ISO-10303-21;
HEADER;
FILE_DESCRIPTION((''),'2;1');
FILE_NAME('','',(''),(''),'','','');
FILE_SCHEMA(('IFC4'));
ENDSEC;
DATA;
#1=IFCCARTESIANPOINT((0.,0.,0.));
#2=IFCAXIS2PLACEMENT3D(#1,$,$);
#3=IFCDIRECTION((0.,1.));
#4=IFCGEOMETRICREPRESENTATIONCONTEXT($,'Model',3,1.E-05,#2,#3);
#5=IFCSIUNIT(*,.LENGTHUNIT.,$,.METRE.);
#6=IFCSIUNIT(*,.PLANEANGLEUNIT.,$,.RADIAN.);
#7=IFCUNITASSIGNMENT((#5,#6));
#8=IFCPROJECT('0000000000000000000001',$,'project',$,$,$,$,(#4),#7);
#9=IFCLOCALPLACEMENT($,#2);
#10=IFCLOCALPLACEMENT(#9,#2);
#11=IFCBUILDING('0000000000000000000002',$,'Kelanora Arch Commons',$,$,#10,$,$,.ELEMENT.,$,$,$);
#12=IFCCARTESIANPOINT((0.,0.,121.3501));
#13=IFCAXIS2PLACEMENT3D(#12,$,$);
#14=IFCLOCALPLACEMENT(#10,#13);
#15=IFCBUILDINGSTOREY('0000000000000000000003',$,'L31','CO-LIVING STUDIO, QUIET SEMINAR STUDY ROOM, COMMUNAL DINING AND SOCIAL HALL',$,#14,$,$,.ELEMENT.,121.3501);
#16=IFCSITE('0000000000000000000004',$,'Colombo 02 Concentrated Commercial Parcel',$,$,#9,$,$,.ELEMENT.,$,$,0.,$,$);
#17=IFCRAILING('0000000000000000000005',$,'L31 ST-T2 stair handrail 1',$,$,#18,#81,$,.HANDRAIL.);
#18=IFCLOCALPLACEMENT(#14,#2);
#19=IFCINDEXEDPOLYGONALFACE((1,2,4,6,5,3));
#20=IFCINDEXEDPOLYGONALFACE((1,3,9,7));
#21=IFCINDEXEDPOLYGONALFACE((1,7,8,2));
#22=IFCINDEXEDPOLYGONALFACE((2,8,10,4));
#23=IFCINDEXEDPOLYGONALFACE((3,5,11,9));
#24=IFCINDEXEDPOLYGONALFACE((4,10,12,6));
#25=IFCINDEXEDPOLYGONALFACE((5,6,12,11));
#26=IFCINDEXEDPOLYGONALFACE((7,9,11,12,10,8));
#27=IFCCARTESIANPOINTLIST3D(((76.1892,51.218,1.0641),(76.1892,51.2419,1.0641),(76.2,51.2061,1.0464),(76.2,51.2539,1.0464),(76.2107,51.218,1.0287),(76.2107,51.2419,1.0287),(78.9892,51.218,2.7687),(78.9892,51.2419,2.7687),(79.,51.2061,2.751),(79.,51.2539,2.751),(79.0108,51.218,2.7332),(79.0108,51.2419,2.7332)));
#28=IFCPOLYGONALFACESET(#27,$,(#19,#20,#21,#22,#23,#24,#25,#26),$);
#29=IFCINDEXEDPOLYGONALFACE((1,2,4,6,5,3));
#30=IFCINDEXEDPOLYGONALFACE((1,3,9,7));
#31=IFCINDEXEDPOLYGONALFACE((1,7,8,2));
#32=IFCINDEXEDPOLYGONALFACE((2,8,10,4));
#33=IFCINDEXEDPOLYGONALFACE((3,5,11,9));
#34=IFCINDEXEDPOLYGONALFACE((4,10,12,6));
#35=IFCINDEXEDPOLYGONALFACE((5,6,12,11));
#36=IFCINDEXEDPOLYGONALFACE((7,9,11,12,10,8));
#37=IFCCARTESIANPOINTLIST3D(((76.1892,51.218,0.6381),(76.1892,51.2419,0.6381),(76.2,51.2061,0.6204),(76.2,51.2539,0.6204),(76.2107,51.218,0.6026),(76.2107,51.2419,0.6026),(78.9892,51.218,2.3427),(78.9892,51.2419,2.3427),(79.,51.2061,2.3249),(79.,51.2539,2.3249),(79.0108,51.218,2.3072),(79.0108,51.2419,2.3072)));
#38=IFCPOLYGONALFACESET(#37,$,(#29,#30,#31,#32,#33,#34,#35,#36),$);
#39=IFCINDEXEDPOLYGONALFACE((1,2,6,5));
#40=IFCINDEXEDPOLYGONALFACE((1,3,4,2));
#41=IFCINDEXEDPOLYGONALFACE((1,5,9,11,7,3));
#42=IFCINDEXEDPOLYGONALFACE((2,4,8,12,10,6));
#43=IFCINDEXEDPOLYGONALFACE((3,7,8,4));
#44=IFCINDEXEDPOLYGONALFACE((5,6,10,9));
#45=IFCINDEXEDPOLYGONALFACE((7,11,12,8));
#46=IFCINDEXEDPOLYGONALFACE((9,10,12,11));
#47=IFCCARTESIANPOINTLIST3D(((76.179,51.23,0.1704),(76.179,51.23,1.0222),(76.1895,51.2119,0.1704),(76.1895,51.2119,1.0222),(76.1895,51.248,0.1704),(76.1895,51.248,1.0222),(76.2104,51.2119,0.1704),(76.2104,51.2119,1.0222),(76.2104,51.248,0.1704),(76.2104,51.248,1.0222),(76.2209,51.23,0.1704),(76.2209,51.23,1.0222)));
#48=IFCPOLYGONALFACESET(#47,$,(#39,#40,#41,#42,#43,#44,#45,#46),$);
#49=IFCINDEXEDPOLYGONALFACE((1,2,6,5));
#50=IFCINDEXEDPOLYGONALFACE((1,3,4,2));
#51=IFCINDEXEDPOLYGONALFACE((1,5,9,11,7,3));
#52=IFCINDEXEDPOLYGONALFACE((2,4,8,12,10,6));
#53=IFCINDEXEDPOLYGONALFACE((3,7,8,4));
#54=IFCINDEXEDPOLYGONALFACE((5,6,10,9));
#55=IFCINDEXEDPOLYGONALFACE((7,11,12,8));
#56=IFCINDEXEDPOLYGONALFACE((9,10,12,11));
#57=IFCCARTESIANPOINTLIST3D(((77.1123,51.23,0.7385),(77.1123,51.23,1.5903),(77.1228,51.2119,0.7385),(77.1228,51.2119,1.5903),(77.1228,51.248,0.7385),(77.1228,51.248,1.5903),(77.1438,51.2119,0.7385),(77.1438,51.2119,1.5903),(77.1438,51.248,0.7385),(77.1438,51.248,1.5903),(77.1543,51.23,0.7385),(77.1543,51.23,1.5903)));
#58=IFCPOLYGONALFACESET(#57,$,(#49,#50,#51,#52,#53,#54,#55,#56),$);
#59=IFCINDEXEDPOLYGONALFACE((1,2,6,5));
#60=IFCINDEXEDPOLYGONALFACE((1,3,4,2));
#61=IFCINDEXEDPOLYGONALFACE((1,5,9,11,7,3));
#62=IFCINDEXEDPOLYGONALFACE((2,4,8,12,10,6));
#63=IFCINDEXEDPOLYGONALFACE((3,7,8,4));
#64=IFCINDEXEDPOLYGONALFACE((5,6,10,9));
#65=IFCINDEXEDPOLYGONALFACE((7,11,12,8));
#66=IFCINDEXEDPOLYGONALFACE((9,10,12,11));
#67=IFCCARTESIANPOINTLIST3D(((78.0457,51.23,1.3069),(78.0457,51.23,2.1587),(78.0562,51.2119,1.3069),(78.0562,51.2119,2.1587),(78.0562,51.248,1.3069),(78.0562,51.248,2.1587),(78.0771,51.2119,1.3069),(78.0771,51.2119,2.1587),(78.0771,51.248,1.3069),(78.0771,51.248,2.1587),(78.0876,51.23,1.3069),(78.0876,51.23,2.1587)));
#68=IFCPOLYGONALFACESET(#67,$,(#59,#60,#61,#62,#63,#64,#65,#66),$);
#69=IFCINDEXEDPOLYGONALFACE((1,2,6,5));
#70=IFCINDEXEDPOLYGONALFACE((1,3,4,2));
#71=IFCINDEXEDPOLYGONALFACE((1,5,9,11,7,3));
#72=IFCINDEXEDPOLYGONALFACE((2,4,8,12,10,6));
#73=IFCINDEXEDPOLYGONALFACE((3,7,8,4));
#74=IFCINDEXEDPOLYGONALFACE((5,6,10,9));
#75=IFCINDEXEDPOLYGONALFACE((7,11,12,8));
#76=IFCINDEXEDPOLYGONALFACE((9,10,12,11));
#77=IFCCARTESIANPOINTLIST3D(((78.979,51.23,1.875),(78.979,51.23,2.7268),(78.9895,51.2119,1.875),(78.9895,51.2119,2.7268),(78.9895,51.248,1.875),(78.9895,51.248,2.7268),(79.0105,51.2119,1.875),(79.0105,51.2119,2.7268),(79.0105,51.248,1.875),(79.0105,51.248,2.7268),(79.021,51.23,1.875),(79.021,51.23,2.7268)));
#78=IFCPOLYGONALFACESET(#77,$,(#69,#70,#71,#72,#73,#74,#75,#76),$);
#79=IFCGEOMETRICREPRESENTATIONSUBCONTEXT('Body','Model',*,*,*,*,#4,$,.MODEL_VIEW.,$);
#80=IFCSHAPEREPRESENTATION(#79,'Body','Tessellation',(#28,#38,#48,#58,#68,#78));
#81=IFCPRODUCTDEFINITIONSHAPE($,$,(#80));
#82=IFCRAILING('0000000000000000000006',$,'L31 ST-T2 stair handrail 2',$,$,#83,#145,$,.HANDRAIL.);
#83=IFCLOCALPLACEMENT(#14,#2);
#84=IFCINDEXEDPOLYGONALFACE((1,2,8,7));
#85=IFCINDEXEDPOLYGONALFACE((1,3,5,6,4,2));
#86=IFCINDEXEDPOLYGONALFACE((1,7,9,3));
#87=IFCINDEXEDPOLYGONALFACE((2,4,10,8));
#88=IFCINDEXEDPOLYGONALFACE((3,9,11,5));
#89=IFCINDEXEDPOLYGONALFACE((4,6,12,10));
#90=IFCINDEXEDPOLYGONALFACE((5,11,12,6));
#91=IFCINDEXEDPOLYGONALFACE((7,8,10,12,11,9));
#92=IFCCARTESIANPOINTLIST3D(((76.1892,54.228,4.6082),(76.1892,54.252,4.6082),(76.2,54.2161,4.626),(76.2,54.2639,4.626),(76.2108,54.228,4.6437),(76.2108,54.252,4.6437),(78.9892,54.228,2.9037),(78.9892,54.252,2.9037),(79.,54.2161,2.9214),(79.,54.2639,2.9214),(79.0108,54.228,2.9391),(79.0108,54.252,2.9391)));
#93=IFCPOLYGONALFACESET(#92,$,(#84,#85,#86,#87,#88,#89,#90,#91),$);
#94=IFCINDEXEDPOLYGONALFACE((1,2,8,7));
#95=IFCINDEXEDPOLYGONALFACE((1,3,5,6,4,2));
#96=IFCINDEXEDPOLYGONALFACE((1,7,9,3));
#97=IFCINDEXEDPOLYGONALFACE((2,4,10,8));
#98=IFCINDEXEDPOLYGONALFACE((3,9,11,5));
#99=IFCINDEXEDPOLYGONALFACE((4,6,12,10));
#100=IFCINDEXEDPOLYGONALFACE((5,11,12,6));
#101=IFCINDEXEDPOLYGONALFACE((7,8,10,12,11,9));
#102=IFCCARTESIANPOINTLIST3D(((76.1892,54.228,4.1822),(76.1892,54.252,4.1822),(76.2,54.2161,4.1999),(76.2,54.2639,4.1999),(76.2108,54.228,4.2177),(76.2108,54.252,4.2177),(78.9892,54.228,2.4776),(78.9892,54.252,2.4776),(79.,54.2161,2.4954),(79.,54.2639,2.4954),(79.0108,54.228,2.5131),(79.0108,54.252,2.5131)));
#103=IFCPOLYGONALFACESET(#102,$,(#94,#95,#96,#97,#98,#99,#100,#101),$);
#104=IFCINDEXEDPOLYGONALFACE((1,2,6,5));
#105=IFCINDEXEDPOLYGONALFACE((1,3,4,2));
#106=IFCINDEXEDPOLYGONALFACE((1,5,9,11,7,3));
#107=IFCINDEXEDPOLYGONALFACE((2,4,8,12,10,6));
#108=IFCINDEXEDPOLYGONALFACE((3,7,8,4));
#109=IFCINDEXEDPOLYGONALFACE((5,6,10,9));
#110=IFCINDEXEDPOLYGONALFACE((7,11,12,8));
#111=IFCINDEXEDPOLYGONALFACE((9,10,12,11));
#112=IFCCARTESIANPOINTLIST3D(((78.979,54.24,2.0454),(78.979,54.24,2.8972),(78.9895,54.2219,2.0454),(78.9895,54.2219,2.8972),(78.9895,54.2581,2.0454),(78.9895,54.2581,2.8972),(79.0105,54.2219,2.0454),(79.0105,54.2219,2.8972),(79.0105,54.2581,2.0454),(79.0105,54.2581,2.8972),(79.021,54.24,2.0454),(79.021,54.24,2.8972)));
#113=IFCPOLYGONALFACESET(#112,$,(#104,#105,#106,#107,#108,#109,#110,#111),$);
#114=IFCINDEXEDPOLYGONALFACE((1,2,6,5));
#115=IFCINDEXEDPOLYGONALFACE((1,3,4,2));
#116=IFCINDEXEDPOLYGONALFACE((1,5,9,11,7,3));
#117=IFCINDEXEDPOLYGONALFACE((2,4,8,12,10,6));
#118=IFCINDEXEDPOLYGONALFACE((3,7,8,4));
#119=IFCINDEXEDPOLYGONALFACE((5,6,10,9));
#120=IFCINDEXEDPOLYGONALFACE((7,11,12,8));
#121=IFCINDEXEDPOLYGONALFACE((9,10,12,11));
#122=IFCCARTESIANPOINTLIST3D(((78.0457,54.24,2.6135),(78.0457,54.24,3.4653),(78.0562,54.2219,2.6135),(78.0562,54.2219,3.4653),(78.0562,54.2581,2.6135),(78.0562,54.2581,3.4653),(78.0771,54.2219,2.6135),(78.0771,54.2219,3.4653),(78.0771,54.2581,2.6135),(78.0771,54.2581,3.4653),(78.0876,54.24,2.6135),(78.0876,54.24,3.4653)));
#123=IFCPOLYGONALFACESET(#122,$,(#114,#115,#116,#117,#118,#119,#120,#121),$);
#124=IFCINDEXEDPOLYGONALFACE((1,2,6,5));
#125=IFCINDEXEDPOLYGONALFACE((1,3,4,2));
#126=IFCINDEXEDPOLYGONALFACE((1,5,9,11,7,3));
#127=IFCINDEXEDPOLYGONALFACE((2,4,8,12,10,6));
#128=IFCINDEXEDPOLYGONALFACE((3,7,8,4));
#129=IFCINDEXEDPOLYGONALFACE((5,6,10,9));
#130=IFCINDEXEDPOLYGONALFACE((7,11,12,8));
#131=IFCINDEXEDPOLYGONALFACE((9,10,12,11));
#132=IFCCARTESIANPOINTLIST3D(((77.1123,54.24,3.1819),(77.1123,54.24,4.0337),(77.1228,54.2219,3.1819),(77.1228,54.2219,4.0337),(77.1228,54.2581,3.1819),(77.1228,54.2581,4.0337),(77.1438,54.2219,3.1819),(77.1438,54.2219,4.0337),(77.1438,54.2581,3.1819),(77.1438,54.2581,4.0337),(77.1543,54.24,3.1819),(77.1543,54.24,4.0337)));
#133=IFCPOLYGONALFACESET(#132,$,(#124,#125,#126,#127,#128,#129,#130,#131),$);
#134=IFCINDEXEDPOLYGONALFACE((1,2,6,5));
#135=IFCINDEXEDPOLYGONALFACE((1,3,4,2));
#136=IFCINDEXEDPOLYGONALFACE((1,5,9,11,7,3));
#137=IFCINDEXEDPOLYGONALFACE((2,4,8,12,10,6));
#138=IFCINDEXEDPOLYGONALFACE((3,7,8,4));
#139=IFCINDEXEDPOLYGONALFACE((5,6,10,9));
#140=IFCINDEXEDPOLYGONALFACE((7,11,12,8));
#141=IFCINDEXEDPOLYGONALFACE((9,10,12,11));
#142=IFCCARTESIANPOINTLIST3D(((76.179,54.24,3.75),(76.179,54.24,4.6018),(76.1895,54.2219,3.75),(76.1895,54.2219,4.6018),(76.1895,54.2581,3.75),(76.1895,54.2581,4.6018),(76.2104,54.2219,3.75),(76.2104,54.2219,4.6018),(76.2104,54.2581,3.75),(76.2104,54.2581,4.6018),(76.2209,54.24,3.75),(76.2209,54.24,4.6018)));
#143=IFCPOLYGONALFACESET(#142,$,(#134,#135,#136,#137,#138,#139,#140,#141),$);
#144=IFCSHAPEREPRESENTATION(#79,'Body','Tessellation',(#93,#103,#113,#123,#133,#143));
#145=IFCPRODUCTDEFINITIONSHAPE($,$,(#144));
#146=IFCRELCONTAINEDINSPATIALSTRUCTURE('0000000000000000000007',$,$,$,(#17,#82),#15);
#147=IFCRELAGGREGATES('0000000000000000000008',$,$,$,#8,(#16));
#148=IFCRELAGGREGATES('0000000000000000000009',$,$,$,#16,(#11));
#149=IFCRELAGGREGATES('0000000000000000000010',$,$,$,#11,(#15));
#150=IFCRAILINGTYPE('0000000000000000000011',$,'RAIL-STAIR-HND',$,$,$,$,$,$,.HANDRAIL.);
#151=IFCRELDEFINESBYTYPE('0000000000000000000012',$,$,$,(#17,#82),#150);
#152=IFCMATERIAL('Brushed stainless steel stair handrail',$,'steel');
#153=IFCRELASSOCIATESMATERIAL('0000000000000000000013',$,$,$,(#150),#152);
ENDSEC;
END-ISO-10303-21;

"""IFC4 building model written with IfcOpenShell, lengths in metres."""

from ifc_helpers import new_model, si_unit, direction, frame, origin, place, context, subcontext, project, spatial, polyline, outline, extrude, material, type_object, element, save


model = new_model("IFC4")

# Units and contexts
model_context = context("Model", 3, precision=1e-05, world=origin(), true_north=direction((0.0, 1.0)))
body_context = subcontext(model_context, "Body", "Model", "MODEL_VIEW")
ifc_project = project(units=[si_unit("LENGTHUNIT", "METRE"), si_unit("PLANEANGLEUNIT", "RADIAN")], contexts=[model_context])

# Site, building, storey
site_placement = place(None, origin())
site = spatial("IfcSite", under=ifc_project, at=site_placement, Name="Colombo 02 Concentrated Commercial Parcel", CompositionType="ELEMENT", RefElevation=0.0)
building_placement = place(site_placement, origin())
building = spatial("IfcBuilding", under=site, at=building_placement, Name="Kelanora Arch Commons", CompositionType="ELEMENT")
storey_placement = place(building_placement, frame((0.0, 0.0, 121.3501)))
storey = spatial("IfcBuildingStorey", under=building, at=storey_placement, Name="L31", Description="CO-LIVING STUDIO, QUIET SEMINAR STUDY ROOM, COMMUNAL DINING AND SOCIAL HALL", CompositionType="ELEMENT", Elevation=121.3501)

# Railings
ifc_material_1 = material(Name="Brushed stainless steel stair handrail", Category="steel")
railing_type_1 = type_object("IfcRailingType", Name="RAIL-STAIR-HND", PredefinedType="HANDRAIL", material=ifc_material_1)
railing_1_placement = place(storey_placement, frame((76.2, 51.23, 0.1704)))
element("IfcRailing", 1, at=railing_1_placement, inside=storey, type_object=railing_type_1, Name="L31 ST-T2 stair handrail 1", PredefinedType="HANDRAIL", context=body_context, shape_type="SweptSolid", body=[
    extrude(outline(polyline([(0.0239, 0.0), (0.012, 0.0208), (-0.012, 0.0208), (-0.0239, 0.0), (-0.012, -0.0208), (0.012, -0.0208), (0.0239, 0.0)])), frame((0.0, 0.0, 0.876), z_axis=(0.85417, 0.0, 0.519994), x_axis=(0.0, 1.0, 0.0)), (0.0, 0.0, 1.0), 3.2781),
    extrude(outline(polyline([(0.0239, 0.0), (0.012, 0.0208), (-0.012, 0.0208), (-0.0239, 0.0), (-0.012, -0.0208), (0.012, -0.0208), (0.0239, 0.0)])), frame((0.0, 0.0, 0.45), z_axis=(0.85417, 0.0, 0.519994), x_axis=(0.0, 1.0, 0.0)), (0.0, 0.0, 1.0), 3.2781),
    extrude(outline(polyline([(0.021, 0.0), (0.0105, 0.0181), (-0.0105, 0.0181), (-0.021, 0.0), (-0.0105, -0.0181), (0.0105, -0.0181), (0.021, 0.0)])), origin(), (0.0, 0.0, 1.0), 0.8518),
    extrude(outline(polyline([(0.021, 0.0), (0.0105, 0.0181), (-0.0105, 0.0181), (-0.021, 0.0), (-0.0105, -0.0181), (0.0105, -0.0181), (0.021, 0.0)])), frame((0.9333, 0.0, 0.5681)), (0.0, 0.0, 1.0), 0.8518),
    extrude(outline(polyline([(0.021, 0.0), (0.0105, 0.0181), (-0.0105, 0.0181), (-0.021, 0.0), (-0.0105, -0.0181), (0.0105, -0.0181), (0.021, 0.0)])), frame((1.8667, 0.0, 1.1365)), (0.0, 0.0, 1.0), 0.8518),
    extrude(outline(polyline([(0.021, 0.0), (0.0105, 0.0181), (-0.0105, 0.0181), (-0.021, 0.0), (-0.0105, -0.0181), (0.0105, -0.0181), (0.021, 0.0)])), frame((2.8, 0.0, 1.7046)), (0.0, 0.0, 1.0), 0.8518),
])
railing_2_placement = place(storey_placement, frame((79.0, 54.24, 2.0454)))
element("IfcRailing", 2, at=railing_2_placement, inside=storey, type_object=railing_type_1, Name="L31 ST-T2 stair handrail 2", PredefinedType="HANDRAIL", context=body_context, shape_type="SweptSolid", body=[
    extrude(outline(polyline([(0.0239, 0.0), (0.012, 0.0208), (-0.012, 0.0208), (-0.0239, 0.0), (-0.012, -0.0208), (0.012, -0.0208), (0.0239, 0.0)])), frame((0.0, 0.0, 0.876), z_axis=(-0.85417, 0.0, 0.519994), x_axis=(0.0, -1.0, 0.0)), (0.0, 0.0, 1.0), 3.2781),
    extrude(outline(polyline([(0.0239, 0.0), (0.012, 0.0208), (-0.012, 0.0208), (-0.0239, 0.0), (-0.012, -0.0208), (0.012, -0.0208), (0.0239, 0.0)])), frame((0.0, 0.0, 0.45), z_axis=(-0.85417, 0.0, 0.519994), x_axis=(0.0, -1.0, 0.0)), (0.0, 0.0, 1.0), 3.2781),
    extrude(outline(polyline([(0.021, 0.0), (0.0105, 0.0181), (-0.0105, 0.0181), (-0.021, 0.0), (-0.0105, -0.0181), (0.0105, -0.0181), (0.021, 0.0)])), origin(), (0.0, 0.0, 1.0), 0.8518),
    extrude(outline(polyline([(0.021, 0.0), (0.0105, 0.0181), (-0.0105, 0.0181), (-0.021, 0.0), (-0.0105, -0.0181), (0.0105, -0.0181), (0.021, 0.0)])), frame((-0.9333, 0.0, 0.5681)), (0.0, 0.0, 1.0), 0.8518),
    extrude(outline(polyline([(0.021, 0.0), (0.0105, 0.0181), (-0.0105, 0.0181), (-0.021, 0.0), (-0.0105, -0.0181), (0.0105, -0.0181), (0.021, 0.0)])), frame((-1.8667, 0.0, 1.1365)), (0.0, 0.0, 1.0), 0.8518),
    extrude(outline(polyline([(0.021, 0.0), (0.0105, 0.0181), (-0.0105, 0.0181), (-0.021, 0.0), (-0.0105, -0.0181), (0.0105, -0.0181), (0.021, 0.0)])), frame((-2.8, 0.0, 1.7046)), (0.0, 0.0, 1.0), 0.8518),
])

save(model, "model.ifc")
